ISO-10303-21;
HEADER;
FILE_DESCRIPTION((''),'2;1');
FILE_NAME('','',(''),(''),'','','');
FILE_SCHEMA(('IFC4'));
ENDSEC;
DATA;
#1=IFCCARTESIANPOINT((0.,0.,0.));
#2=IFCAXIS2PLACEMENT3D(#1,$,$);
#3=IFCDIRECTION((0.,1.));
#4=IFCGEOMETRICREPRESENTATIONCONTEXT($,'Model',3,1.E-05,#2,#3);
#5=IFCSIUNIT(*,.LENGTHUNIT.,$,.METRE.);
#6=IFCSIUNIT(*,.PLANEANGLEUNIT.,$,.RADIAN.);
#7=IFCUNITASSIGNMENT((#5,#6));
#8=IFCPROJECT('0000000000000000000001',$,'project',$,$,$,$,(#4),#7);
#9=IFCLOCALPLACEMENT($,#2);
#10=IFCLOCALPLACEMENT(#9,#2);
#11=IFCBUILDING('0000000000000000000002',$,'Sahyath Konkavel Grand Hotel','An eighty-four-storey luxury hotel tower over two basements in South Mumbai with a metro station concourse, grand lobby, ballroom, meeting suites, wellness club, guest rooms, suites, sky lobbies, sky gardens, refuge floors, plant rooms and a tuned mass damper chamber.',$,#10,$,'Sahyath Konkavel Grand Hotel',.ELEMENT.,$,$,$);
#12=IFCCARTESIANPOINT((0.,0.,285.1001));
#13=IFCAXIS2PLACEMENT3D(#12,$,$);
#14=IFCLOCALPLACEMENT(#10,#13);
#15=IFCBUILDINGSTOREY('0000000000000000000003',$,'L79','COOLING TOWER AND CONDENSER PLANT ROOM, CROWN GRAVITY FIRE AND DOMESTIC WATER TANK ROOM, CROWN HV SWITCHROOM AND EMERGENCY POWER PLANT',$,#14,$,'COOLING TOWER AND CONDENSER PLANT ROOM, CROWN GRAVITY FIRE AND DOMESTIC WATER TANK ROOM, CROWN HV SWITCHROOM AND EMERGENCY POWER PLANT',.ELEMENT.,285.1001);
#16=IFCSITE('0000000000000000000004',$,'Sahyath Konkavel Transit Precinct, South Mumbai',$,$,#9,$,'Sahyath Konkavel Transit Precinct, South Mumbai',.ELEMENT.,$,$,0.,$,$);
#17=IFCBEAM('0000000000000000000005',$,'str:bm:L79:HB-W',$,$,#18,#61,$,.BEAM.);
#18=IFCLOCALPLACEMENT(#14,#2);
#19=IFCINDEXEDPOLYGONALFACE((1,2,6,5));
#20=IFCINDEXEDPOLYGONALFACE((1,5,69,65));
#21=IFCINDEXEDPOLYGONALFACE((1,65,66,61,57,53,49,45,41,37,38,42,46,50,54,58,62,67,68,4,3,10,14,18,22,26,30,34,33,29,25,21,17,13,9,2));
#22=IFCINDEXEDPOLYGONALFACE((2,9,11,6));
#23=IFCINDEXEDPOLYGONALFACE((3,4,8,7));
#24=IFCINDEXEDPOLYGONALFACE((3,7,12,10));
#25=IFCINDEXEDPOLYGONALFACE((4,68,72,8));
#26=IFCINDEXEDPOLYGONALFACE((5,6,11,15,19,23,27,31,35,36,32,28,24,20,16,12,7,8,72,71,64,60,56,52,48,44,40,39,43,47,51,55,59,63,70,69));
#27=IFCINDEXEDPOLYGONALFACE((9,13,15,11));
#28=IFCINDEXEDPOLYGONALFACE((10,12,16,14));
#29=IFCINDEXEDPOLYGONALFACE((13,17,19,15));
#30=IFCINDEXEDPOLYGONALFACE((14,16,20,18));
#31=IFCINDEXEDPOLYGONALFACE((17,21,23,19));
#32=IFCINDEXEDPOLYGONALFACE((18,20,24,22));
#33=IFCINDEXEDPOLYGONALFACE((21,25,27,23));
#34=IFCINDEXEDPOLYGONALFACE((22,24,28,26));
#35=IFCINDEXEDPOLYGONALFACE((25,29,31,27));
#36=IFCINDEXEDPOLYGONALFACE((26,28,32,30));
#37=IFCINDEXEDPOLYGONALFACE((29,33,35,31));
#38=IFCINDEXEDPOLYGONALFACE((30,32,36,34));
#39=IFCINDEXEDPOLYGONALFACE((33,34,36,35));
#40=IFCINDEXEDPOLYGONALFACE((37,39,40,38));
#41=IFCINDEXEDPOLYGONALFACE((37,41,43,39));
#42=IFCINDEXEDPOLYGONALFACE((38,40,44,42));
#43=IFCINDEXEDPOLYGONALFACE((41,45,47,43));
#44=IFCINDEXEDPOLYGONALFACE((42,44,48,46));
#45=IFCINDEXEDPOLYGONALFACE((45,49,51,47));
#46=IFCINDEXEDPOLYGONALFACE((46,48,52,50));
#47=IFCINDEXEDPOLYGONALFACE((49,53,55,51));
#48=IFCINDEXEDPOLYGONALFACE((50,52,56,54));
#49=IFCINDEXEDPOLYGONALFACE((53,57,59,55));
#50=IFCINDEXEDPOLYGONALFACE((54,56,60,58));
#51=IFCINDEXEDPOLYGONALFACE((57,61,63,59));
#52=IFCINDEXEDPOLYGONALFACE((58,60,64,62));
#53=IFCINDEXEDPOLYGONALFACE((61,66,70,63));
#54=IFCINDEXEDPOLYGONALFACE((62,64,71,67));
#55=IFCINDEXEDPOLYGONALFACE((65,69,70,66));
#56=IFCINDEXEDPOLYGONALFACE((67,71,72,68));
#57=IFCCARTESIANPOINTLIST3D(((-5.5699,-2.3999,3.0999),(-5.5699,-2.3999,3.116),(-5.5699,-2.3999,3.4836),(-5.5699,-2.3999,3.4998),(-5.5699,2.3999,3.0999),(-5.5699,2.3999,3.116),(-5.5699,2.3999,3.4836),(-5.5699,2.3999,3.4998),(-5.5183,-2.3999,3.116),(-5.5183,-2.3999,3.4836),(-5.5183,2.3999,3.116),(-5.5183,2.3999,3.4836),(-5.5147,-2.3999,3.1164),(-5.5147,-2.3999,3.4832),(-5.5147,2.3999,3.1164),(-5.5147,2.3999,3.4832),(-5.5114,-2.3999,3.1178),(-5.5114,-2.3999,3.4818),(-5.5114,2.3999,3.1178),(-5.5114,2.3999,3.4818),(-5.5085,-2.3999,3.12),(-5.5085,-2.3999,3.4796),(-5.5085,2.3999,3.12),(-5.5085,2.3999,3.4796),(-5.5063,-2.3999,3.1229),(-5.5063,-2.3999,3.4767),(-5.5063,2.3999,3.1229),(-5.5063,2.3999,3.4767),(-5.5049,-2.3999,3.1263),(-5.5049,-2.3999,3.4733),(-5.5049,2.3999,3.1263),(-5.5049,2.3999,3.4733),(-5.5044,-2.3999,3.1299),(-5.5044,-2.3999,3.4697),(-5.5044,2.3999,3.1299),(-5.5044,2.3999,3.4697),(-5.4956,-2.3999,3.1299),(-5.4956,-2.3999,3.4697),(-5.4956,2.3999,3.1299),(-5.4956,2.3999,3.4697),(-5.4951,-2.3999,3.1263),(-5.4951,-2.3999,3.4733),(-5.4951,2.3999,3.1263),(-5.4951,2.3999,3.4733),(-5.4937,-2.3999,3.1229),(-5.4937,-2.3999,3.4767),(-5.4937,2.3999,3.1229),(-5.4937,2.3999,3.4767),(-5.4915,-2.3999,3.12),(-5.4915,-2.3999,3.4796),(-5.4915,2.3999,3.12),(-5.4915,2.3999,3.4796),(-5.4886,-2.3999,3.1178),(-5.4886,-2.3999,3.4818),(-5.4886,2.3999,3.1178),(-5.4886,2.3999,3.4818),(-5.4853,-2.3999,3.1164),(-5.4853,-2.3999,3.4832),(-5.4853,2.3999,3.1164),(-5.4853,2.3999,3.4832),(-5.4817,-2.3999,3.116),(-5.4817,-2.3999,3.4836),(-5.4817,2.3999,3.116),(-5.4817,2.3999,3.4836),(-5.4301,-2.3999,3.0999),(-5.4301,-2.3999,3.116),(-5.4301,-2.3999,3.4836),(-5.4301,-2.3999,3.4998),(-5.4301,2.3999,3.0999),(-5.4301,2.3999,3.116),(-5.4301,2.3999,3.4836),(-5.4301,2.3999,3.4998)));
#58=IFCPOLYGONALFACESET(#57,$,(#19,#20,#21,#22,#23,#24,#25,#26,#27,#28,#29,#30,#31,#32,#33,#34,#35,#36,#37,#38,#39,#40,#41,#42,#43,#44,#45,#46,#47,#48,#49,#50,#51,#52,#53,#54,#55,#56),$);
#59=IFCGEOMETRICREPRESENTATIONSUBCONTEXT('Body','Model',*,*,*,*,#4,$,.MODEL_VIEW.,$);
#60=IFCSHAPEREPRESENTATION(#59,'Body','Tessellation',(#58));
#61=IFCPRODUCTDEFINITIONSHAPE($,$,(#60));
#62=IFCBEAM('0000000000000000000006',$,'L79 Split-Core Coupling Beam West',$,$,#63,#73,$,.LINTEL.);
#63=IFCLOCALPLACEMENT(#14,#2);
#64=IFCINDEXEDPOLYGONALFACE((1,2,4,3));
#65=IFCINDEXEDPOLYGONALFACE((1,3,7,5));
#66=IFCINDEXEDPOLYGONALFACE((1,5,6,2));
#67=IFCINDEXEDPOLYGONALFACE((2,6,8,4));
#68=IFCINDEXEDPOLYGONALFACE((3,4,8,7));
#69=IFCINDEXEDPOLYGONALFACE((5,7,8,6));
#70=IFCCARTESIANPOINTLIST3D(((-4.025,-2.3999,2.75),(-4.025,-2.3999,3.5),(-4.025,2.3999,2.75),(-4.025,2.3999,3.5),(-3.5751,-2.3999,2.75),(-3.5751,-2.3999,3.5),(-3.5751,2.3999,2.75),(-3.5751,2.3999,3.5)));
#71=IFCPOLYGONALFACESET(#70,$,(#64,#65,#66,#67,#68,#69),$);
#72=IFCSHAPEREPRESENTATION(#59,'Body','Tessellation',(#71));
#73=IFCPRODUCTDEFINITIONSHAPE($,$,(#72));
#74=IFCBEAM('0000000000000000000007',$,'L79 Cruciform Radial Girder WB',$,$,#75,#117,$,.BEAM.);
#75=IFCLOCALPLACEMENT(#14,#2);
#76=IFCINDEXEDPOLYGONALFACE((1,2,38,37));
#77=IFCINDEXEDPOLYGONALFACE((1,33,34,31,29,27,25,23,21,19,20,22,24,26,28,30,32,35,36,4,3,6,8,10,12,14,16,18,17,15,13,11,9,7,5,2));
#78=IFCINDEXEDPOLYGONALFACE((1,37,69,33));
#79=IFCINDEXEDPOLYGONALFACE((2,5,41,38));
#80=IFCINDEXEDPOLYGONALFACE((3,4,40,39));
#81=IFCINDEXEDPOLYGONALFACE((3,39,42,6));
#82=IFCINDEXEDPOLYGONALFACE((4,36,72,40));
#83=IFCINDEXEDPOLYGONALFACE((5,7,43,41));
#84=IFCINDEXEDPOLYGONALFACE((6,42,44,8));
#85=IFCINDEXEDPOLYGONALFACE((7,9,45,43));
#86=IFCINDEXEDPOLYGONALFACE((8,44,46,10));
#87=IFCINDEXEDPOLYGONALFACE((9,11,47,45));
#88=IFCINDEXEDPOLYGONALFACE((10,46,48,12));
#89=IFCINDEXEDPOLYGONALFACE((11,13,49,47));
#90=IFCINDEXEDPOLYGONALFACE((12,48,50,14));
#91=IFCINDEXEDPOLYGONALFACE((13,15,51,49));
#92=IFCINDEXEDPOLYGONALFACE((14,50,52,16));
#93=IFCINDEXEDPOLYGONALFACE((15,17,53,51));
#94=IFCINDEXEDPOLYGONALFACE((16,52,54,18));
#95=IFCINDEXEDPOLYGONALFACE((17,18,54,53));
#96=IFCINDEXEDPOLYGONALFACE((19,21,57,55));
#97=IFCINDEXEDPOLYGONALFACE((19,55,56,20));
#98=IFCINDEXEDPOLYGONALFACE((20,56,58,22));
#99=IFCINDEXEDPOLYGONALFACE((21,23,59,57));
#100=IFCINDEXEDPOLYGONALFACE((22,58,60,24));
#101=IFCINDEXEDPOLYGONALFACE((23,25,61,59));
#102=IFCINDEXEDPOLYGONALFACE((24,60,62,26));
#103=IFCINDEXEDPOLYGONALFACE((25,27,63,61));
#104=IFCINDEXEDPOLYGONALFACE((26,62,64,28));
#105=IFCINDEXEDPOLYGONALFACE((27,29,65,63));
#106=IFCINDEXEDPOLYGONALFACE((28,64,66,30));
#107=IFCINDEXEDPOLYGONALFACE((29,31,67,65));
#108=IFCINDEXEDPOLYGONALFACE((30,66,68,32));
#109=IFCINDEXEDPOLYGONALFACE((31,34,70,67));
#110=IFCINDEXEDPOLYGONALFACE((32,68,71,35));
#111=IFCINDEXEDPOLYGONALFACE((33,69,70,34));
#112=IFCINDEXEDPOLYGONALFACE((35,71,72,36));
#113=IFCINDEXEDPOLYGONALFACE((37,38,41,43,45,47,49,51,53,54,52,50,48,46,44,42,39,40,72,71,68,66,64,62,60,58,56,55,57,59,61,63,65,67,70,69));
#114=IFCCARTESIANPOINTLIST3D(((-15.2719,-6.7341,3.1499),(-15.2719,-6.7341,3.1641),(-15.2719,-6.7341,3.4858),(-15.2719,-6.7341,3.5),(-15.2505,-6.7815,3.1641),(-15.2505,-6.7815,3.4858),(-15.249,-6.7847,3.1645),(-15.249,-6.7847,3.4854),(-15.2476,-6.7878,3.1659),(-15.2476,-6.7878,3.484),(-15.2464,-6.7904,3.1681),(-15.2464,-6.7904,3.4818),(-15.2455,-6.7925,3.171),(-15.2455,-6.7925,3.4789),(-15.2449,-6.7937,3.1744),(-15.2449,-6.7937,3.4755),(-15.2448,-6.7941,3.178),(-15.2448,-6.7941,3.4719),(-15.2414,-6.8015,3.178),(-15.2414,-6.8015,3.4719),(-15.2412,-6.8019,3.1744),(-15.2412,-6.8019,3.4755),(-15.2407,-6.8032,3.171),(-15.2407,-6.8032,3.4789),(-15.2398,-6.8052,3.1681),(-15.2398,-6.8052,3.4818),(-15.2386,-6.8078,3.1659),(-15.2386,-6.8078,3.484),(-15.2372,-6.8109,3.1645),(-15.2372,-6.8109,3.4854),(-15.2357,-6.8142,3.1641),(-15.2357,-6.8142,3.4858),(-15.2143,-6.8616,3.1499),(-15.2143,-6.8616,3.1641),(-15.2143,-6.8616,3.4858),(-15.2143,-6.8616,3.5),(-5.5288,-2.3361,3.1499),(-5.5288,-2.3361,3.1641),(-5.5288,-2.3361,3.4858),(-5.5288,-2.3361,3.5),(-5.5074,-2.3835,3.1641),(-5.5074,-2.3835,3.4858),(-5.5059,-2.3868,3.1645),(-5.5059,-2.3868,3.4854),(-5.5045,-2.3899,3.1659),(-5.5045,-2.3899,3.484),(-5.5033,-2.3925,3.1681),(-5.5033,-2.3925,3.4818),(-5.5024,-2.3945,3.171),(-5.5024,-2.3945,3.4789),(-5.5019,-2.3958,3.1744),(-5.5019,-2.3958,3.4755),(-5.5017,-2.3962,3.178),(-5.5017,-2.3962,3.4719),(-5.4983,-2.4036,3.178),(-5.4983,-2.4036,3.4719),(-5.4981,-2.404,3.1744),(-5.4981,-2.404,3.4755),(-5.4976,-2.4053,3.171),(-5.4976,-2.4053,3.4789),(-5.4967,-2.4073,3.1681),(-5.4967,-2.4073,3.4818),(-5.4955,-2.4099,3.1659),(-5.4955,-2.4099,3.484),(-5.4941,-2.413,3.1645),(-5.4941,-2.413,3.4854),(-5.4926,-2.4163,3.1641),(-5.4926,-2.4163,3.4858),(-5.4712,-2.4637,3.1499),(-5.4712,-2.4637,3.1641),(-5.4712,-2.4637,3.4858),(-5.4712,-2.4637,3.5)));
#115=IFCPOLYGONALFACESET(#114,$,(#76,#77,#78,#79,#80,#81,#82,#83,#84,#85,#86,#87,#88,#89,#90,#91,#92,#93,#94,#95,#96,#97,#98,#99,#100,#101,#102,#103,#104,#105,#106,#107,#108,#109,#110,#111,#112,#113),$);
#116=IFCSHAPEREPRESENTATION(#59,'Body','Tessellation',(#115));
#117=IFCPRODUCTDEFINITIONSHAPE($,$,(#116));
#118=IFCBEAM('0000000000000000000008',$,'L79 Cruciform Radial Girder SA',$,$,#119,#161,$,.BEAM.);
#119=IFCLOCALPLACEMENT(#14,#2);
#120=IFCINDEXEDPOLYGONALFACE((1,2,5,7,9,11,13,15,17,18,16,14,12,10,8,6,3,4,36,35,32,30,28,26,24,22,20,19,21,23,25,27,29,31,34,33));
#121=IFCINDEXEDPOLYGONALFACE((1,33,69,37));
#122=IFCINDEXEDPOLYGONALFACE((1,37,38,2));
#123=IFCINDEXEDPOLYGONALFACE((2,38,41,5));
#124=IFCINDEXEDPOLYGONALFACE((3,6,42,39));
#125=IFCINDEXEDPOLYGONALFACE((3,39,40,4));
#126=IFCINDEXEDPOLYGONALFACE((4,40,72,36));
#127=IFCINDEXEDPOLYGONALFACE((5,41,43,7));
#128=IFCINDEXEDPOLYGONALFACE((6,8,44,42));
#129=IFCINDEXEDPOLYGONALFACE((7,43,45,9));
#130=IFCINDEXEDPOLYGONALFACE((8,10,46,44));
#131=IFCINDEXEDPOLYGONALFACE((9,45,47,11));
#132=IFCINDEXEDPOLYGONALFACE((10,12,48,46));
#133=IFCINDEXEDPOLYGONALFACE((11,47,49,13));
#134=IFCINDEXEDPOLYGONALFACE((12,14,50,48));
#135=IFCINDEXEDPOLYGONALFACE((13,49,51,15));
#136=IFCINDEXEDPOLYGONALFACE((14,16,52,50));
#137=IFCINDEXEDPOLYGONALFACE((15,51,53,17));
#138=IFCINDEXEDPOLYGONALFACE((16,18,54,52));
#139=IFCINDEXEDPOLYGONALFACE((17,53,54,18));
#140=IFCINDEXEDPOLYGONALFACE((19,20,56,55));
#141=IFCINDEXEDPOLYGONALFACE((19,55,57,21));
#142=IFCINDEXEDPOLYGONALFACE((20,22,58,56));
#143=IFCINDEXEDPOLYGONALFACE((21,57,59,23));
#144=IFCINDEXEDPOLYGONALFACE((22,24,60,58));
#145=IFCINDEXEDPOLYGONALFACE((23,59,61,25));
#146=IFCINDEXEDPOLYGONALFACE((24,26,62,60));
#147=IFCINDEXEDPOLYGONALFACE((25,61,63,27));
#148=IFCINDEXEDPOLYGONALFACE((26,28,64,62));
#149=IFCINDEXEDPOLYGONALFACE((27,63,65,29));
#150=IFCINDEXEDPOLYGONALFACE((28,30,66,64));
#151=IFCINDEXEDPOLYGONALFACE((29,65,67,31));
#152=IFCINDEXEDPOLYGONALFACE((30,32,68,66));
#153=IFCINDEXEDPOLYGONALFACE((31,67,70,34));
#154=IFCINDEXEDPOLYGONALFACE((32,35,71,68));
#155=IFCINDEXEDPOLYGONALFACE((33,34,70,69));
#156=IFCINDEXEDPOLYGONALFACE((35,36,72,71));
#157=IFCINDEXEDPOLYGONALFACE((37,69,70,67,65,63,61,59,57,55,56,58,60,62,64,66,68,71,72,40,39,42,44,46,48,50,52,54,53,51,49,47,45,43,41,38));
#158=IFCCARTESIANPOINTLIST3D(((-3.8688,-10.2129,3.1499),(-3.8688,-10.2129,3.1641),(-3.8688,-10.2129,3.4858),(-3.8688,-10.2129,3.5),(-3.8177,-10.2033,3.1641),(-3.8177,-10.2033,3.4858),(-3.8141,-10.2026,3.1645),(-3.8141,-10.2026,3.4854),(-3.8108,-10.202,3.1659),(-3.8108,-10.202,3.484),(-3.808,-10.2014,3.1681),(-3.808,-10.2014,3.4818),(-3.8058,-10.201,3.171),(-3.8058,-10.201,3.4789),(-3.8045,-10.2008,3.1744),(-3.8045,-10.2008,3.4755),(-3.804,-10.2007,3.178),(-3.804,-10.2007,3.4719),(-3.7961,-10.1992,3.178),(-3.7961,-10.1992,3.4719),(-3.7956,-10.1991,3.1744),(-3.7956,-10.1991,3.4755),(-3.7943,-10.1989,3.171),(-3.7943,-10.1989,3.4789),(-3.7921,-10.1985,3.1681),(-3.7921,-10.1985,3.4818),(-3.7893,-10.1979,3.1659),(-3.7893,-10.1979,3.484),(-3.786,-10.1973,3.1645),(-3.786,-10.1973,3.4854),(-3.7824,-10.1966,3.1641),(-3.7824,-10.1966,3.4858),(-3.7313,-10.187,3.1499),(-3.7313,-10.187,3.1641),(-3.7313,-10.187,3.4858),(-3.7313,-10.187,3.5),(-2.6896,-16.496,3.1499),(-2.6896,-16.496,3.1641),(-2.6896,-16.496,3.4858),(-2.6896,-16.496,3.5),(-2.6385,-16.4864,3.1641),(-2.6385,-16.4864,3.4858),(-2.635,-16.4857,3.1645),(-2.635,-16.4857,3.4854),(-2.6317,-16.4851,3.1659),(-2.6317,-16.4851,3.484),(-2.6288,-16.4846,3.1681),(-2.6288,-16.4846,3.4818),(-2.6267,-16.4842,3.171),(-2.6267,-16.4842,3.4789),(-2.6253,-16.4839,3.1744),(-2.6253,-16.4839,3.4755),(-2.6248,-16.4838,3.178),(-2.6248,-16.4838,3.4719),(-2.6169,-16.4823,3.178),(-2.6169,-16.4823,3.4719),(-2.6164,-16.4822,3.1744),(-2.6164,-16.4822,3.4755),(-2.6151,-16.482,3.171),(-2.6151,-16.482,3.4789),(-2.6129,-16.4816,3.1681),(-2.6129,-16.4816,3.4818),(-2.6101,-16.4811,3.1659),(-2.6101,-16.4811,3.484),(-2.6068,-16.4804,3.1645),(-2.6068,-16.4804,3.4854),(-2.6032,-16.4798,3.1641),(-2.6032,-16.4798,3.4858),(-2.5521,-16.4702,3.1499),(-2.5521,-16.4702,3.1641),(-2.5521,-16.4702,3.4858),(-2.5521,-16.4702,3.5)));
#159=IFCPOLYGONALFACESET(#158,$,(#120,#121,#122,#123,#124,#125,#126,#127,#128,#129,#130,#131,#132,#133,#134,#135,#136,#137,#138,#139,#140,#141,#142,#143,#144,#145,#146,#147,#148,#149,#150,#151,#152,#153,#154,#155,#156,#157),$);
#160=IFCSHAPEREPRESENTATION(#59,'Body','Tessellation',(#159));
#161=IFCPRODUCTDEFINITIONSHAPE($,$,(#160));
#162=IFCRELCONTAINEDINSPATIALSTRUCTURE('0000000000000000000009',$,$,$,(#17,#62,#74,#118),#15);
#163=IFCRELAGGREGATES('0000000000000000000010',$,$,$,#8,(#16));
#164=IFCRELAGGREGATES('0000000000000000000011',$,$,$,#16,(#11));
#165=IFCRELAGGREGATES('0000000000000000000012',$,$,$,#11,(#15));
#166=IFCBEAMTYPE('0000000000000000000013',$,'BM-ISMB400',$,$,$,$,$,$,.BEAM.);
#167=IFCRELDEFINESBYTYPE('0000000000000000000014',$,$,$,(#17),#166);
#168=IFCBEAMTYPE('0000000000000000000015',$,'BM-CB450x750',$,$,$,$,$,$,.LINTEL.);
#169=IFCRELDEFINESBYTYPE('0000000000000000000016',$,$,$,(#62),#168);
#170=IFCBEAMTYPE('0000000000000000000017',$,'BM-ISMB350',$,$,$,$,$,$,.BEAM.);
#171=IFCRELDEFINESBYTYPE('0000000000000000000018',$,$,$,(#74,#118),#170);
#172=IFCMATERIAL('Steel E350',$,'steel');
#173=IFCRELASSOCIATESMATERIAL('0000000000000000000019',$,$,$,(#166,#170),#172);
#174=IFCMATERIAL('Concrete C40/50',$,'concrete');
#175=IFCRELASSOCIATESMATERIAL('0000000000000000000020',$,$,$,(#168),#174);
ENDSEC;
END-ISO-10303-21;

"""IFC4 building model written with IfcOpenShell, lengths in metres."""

from ifc_helpers import new_model, si_unit, direction, frame, origin, origin_2d, place, context, subcontext, project, spatial, rectangle, i_section, extrude, source, transform, mapped, material, material_profile, profile_set, type_object, element, save


model = new_model("IFC4")

# Units and contexts
model_context = context("Model", 3, precision=1e-05, world=origin(), true_north=direction((0.0, 1.0)))
body_context = subcontext(model_context, "Body", "Model", "MODEL_VIEW")
ifc_project = project(units=[si_unit("LENGTHUNIT", "METRE"), si_unit("PLANEANGLEUNIT", "RADIAN")], contexts=[model_context])

# Site, building, storey
site_placement = place(None, origin())
site = spatial("IfcSite", under=ifc_project, at=site_placement, Name="Sahyath Konkavel Transit Precinct, South Mumbai", LongName="Sahyath Konkavel Transit Precinct, South Mumbai", CompositionType="ELEMENT", RefElevation=0.0)
building_placement = place(site_placement, origin())
building = spatial("IfcBuilding", under=site, at=building_placement, Name="Sahyath Konkavel Grand Hotel", Description="An eighty-four-storey luxury hotel tower over two basements in South Mumbai with a metro station concourse, grand lobby, ballroom, meeting suites, wellness club, guest rooms, suites, sky lobbies, sky gardens, refuge floors, plant rooms and a tuned mass damper chamber.", LongName="Sahyath Konkavel Grand Hotel", CompositionType="ELEMENT")
storey_placement = place(building_placement, frame((0.0, 0.0, 285.1001)))
storey = spatial("IfcBuildingStorey", under=building, at=storey_placement, Name="L79", Description="COOLING TOWER AND CONDENSER PLANT ROOM, CROWN GRAVITY FIRE AND DOMESTIC WATER TANK ROOM, CROWN HV SWITCHROOM AND EMERGENCY POWER PLANT", LongName="COOLING TOWER AND CONDENSER PLANT ROOM, CROWN GRAVITY FIRE AND DOMESTIC WATER TANK ROOM, CROWN HV SWITCHROOM AND EMERGENCY POWER PLANT", CompositionType="ELEMENT", Elevation=285.1001)

# Shared definitions
ifc_material_1 = material(Name="Concrete C40/50", Category="concrete")

# Beams
ifc_material_2 = material(Name="Steel E350", Category="steel")
ifc_material_profile_1 = material_profile(ifc_material_2, i_section(OverallWidth=0.1399, OverallDepth=0.3999, WebThickness=0.0088, FlangeThickness=0.0161, FilletRadius=0.0139, at=origin_2d()), Name="ISMB 400")
ifc_profile_set_1 = profile_set([ifc_material_profile_1], Name="Steel E350")
beam_type_1 = type_object("IfcBeamType", Name="BM-ISMB400", PredefinedType="BEAM", material=ifc_profile_set_1)
shared_shape_1 = source(origin(), body_context, "Body", "SweptSolid", [
    extrude(i_section(OverallWidth=0.1399, OverallDepth=0.3999, WebThickness=0.0088, FlangeThickness=0.0161, FilletRadius=0.0139, at=origin_2d()), origin(), (0.0, 0.0, 1.0), 4.7998),
])
beam_1_placement = place(storey_placement, frame((-5.5, -2.3999, 3.2998), z_axis=(0.0, 1.0, 0.0), x_axis=(-1.0, 0.0, 0.0)))
element("IfcBeam", 1, at=beam_1_placement, inside=storey, type_object=beam_type_1, Name="str:bm:L79:HB-W", PredefinedType="BEAM", context=body_context, shape_type="MappedRepresentation", body=[
    mapped(shared_shape_1, transform((0.0, 0.0, 0.0), scale=1.0)),
])
ifc_material_profile_2 = material_profile(ifc_material_1, rectangle(XDim=0.45, YDim=0.75, at=origin_2d()), Name="RC 450x750")
ifc_profile_set_2 = profile_set([ifc_material_profile_2], Name="Concrete C40/50")
beam_type_2 = type_object("IfcBeamType", Name="BM-CB450x750", PredefinedType="LINTEL", material=ifc_profile_set_2)
shared_shape_2 = source(origin(), body_context, "Body", "SweptSolid", [
    extrude(rectangle(XDim=0.45, YDim=0.75, at=origin_2d()), origin(), (0.0, 0.0, 1.0), 4.7998),
])
beam_2_placement = place(storey_placement, frame((-3.8, -2.3999, 3.125), z_axis=(0.0, 1.0, 0.0), x_axis=(-1.0, 0.0, 0.0)))
element("IfcBeam", 2, at=beam_2_placement, inside=storey, type_object=beam_type_2, Name="L79 Split-Core Coupling Beam West", PredefinedType="LINTEL", context=body_context, shape_type="MappedRepresentation", body=[
    mapped(shared_shape_2, transform((0.0, 0.0, 0.0), scale=1.0)),
])
ifc_material_profile_3 = material_profile(ifc_material_2, i_section(OverallWidth=0.1399, OverallDepth=0.3501, WebThickness=0.0081, FlangeThickness=0.0142, FilletRadius=0.0139, at=origin_2d()), Name="ISMB 350")
ifc_profile_set_3 = profile_set([ifc_material_profile_3], Name="Steel E350")
beam_type_3 = type_object("IfcBeamType", Name="BM-ISMB350", PredefinedType="BEAM", material=ifc_profile_set_3)
shared_shape_3 = source(origin(), body_context, "Body", "SweptSolid", [
    extrude(i_section(OverallWidth=0.1399, OverallDepth=0.3501, WebThickness=0.0081, FlangeThickness=0.0142, FilletRadius=0.0139, at=origin_2d()), origin(), (0.0, 0.0, 1.0), 10.6897),
])
beam_3_placement = place(storey_placement, frame((-5.5, -2.3999, 3.325), z_axis=(-0.911447, -0.411417, 0.0), x_axis=(0.411417, -0.911447, 0.0)))
element("IfcBeam", 3, at=beam_3_placement, inside=storey, type_object=beam_type_3, Name="L79 Cruciform Radial Girder WB", PredefinedType="BEAM", context=body_context, shape_type="MappedRepresentation", body=[
    mapped(shared_shape_3, transform((0.0, 0.0, 0.0), scale=1.0)),
])
shared_shape_4 = source(origin(), body_context, "Body", "SweptSolid", [
    extrude(i_section(OverallWidth=0.1399, OverallDepth=0.3501, WebThickness=0.0081, FlangeThickness=0.0142, FilletRadius=0.0139, at=origin_2d()), origin(), (0.0, 0.0, 1.0), 6.3928),
])
beam_4_placement = place(storey_placement, frame((-3.8, -10.2, 3.325), z_axis=(0.184455, -0.982841, 0.0), x_axis=(0.982841, 0.184455, 0.0)))
element("IfcBeam", 4, at=beam_4_placement, inside=storey, type_object=beam_type_3, Name="L79 Cruciform Radial Girder SA", PredefinedType="BEAM", context=body_context, shape_type="MappedRepresentation", body=[
    mapped(shared_shape_4, transform((0.0, 0.0, 0.0), scale=1.0)),
])

save(model, "model.ifc")
